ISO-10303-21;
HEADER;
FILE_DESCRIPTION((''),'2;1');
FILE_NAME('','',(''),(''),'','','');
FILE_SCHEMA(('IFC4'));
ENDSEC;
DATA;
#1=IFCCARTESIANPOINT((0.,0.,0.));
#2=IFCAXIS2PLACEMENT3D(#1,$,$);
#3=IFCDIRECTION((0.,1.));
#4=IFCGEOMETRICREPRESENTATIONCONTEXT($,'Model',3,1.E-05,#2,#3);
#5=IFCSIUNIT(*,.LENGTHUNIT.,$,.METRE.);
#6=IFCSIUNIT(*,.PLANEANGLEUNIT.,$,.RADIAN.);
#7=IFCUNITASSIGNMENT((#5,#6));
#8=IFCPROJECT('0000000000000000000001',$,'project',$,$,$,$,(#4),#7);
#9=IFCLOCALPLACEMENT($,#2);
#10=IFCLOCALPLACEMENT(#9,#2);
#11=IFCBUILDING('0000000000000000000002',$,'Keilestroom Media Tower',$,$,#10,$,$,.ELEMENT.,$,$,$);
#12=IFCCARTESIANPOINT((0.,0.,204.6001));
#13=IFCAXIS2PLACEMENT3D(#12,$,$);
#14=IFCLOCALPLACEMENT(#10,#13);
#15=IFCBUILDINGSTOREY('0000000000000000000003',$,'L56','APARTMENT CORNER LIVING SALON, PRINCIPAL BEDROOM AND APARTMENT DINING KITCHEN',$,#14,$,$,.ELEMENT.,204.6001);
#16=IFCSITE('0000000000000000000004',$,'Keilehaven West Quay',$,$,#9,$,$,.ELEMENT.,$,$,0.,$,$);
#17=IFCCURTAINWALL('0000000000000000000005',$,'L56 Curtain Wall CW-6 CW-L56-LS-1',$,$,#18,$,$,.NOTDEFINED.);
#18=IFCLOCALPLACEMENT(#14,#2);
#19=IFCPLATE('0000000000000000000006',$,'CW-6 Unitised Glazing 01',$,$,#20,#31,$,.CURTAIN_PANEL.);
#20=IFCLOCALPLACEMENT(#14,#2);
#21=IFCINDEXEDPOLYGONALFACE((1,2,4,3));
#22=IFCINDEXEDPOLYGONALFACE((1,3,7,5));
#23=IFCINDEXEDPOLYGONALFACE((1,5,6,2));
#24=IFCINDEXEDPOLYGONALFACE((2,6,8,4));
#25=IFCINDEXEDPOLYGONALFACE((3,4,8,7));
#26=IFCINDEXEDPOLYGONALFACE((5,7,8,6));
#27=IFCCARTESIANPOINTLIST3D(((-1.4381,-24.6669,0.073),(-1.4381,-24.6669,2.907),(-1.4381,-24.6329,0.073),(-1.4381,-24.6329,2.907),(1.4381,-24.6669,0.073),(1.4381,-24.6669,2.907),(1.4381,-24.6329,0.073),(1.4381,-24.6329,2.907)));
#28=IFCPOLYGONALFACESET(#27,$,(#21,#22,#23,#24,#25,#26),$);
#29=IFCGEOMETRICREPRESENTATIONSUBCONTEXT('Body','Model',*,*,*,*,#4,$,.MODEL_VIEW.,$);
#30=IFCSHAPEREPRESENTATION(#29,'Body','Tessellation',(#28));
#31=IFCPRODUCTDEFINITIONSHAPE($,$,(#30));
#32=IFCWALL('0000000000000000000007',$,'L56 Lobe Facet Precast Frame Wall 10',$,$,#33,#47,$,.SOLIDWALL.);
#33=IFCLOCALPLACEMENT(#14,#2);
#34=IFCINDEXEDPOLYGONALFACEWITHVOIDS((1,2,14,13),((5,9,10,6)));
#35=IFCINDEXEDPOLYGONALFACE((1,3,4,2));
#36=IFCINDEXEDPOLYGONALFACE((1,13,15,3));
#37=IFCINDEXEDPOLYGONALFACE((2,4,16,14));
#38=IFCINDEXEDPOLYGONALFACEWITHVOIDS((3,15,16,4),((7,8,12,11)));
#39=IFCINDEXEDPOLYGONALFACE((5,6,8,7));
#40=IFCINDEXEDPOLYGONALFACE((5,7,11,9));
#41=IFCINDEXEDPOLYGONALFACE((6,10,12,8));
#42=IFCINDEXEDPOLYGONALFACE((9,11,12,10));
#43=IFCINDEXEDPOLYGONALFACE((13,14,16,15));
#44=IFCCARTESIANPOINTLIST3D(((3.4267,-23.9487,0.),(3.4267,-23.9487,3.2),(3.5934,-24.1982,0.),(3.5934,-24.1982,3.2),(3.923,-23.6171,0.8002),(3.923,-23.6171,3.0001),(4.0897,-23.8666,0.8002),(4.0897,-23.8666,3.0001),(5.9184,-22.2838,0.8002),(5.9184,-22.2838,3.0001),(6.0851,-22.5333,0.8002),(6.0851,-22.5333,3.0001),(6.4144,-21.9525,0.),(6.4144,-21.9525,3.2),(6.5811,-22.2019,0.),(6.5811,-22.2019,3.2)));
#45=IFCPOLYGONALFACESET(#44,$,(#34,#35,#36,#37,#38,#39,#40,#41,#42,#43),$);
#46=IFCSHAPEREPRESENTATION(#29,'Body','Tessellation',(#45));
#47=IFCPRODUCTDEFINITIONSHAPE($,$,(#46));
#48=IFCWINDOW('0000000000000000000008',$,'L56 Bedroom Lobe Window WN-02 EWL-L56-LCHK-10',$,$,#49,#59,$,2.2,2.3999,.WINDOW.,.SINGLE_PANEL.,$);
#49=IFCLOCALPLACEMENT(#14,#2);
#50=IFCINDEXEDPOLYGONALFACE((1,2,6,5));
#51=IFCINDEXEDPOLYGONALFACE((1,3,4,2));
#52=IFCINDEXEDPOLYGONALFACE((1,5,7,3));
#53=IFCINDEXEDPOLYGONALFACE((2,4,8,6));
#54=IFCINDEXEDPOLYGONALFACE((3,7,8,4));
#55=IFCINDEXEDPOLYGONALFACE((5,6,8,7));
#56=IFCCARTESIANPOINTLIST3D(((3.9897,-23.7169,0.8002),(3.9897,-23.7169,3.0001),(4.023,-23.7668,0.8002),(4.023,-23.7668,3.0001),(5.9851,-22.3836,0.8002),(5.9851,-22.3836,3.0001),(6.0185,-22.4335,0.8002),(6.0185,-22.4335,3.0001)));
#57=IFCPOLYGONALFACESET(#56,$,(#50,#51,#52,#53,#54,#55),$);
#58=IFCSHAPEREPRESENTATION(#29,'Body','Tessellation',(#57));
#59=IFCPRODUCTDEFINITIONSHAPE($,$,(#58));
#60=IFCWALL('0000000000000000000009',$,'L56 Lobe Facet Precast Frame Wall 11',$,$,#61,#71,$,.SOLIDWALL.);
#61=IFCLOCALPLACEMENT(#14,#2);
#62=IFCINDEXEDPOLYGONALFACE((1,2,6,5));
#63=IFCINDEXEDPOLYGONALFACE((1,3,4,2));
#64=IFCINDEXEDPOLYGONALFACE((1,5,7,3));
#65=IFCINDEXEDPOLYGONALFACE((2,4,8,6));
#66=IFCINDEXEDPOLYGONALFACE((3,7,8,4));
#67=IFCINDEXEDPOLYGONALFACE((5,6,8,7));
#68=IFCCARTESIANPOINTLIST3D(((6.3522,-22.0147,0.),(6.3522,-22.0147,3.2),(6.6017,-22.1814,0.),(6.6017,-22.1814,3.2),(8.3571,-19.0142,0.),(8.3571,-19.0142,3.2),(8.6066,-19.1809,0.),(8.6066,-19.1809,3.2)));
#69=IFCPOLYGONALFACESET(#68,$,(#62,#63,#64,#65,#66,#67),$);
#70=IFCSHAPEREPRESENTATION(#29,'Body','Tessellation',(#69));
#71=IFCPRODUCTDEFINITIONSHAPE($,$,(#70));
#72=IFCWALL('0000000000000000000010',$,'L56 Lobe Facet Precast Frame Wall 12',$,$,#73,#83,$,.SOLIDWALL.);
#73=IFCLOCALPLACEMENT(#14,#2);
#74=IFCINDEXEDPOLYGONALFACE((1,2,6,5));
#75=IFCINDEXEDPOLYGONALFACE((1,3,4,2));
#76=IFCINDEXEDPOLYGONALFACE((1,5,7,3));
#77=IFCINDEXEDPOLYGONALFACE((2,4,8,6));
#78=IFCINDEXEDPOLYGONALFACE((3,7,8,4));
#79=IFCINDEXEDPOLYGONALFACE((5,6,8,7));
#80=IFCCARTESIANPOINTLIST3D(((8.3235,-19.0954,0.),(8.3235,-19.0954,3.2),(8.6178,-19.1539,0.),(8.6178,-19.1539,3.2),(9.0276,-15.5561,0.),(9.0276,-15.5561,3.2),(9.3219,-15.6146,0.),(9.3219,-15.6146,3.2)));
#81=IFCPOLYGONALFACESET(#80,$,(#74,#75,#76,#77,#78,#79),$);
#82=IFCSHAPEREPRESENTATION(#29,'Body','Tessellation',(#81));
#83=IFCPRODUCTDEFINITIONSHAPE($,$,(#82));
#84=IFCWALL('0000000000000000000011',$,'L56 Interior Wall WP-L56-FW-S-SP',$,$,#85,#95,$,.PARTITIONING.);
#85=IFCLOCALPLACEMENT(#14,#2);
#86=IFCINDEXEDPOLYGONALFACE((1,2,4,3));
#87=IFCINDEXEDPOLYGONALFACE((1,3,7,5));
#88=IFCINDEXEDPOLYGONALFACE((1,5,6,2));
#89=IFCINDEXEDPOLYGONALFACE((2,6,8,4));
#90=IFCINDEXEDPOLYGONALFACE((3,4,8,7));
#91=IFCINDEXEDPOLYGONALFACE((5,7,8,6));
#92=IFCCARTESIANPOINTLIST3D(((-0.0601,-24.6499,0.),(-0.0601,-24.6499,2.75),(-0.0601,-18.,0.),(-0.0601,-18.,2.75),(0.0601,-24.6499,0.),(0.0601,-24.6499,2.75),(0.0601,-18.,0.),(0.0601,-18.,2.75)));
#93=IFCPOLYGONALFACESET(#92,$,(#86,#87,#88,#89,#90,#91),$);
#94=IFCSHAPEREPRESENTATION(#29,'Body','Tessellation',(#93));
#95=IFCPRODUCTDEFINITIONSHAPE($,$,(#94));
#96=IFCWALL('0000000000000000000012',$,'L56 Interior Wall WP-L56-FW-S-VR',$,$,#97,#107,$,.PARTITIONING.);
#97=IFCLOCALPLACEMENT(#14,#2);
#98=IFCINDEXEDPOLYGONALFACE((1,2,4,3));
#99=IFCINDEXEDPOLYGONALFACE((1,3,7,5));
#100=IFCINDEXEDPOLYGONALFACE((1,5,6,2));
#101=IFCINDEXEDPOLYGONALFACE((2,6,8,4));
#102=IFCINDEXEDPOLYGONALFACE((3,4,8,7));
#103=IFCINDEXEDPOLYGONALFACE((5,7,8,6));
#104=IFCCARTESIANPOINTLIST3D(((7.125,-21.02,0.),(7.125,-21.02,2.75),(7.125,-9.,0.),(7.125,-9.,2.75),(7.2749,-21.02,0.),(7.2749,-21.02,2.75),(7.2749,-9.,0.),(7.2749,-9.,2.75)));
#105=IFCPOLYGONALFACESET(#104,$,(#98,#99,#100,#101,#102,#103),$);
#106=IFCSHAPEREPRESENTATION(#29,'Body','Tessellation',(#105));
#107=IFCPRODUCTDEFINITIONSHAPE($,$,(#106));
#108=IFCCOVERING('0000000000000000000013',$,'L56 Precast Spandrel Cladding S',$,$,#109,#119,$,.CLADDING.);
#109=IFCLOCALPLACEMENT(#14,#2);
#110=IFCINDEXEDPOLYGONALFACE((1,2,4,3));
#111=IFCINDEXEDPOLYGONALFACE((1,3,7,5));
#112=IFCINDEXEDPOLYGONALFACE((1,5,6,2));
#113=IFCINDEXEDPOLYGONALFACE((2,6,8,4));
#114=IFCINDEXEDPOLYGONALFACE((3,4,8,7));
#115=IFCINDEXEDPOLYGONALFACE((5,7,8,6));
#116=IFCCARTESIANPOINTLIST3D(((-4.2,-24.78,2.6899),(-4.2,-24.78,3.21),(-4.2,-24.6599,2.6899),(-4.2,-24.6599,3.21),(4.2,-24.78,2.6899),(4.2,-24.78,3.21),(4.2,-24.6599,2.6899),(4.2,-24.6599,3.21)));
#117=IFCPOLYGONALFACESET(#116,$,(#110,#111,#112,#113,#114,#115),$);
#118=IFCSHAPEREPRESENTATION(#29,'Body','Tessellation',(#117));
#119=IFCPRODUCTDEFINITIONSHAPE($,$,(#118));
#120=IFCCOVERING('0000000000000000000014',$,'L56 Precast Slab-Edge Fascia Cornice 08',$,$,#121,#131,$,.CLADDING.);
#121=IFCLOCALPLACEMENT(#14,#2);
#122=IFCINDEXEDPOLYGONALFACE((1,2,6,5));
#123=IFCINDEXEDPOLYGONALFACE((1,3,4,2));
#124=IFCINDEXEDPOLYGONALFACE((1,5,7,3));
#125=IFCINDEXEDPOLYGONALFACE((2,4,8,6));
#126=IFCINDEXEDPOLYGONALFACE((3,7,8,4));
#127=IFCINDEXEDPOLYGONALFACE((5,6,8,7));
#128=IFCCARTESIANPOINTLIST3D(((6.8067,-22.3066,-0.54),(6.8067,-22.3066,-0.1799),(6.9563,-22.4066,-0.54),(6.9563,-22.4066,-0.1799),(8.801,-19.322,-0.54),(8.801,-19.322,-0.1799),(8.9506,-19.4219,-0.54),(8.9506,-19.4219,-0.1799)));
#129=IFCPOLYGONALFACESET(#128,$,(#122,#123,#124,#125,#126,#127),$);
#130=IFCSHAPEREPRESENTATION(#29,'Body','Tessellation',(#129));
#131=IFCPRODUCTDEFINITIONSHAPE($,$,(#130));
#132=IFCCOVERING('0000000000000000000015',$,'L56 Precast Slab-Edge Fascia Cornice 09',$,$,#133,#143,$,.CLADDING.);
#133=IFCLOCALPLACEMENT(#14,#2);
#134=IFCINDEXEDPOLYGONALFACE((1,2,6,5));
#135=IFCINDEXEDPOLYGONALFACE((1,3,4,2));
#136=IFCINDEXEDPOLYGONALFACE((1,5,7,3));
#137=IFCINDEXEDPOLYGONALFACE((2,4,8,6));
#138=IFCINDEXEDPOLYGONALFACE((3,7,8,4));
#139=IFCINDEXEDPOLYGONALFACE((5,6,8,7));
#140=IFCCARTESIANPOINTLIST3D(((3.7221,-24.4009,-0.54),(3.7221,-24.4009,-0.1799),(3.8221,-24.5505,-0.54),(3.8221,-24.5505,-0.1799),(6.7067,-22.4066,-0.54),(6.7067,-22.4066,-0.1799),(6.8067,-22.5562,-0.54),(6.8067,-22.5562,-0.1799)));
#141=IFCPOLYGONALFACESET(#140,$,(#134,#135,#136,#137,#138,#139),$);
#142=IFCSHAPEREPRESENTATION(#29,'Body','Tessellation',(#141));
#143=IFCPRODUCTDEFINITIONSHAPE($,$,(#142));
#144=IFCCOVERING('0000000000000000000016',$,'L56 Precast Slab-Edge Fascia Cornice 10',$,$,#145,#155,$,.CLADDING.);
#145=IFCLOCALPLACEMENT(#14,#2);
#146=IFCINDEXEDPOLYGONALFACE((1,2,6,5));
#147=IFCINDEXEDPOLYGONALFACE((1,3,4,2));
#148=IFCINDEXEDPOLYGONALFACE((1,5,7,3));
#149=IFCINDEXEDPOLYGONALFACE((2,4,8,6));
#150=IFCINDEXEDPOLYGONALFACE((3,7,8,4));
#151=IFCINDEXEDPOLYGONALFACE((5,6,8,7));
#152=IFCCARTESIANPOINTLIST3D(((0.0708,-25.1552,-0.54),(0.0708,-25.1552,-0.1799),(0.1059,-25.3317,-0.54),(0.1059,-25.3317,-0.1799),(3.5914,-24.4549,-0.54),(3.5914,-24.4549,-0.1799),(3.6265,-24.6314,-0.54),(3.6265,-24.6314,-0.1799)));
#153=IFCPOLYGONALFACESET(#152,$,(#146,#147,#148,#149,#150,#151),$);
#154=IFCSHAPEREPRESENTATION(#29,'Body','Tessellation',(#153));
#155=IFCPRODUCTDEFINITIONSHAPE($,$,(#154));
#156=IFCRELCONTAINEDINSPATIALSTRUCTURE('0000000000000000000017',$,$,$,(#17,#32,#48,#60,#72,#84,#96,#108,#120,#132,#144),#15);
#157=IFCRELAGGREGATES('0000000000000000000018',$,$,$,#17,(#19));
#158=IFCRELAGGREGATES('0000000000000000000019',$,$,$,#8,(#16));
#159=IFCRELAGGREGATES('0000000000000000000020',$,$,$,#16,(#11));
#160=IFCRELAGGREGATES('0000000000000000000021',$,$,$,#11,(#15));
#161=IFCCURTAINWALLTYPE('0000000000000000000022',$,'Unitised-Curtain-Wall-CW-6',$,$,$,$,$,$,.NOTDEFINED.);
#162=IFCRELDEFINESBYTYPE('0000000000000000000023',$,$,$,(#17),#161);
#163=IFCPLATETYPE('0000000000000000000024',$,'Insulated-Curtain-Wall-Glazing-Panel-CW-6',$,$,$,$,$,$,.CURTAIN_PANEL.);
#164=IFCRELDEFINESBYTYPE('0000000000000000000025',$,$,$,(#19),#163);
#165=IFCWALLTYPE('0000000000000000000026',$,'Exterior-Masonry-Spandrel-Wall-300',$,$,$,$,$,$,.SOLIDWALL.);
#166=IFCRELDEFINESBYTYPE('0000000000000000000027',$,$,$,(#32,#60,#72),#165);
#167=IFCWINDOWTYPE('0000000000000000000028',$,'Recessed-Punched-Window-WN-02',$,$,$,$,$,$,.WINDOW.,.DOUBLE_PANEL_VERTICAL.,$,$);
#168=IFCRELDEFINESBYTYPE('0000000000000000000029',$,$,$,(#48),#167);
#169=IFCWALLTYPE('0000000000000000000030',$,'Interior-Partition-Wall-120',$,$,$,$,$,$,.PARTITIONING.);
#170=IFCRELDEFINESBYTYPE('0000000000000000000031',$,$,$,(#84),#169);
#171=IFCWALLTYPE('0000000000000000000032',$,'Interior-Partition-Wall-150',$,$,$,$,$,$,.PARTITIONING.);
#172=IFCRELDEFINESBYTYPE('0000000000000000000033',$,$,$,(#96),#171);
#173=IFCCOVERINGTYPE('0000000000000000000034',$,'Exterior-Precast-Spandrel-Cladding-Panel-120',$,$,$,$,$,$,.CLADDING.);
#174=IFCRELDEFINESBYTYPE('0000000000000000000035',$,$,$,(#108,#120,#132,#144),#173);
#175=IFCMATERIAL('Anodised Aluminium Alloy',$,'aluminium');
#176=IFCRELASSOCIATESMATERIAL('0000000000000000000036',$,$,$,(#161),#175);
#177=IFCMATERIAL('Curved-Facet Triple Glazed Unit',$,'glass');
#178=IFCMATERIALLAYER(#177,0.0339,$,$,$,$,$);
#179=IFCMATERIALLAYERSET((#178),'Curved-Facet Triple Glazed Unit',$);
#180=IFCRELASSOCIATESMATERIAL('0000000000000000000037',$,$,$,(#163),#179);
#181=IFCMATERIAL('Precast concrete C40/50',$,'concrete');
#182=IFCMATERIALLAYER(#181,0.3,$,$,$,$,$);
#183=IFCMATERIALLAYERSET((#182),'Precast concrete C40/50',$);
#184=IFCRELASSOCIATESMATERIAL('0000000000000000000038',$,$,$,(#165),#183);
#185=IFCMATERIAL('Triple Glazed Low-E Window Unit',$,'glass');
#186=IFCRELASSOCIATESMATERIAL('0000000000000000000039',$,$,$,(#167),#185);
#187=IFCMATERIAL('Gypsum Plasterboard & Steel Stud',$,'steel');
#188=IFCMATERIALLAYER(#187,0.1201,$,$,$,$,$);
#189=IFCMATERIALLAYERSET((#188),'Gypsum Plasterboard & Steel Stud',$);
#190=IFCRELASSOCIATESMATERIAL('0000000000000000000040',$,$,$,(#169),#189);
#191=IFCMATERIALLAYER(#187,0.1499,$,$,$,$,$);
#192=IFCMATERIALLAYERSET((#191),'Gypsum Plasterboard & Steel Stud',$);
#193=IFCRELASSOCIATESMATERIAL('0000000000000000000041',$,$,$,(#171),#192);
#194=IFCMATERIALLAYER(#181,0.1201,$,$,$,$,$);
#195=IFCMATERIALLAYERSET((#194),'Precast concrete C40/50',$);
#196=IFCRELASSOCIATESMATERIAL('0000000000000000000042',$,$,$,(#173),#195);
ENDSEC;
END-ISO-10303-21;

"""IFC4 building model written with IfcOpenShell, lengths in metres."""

from ifc_helpers import new_model, si_unit, direction, frame, frame_2d, origin, origin_2d, place, context, subcontext, project, spatial, rectangle, extrude, source, transform, mapped, material, layer, layer_set, type_object, element, fill, aggregate, save


model = new_model("IFC4")

# Units and contexts
model_context = context("Model", 3, precision=1e-05, world=origin(), true_north=direction((0.0, 1.0)))
body_context = subcontext(model_context, "Body", "Model", "MODEL_VIEW")
ifc_project = project(units=[si_unit("LENGTHUNIT", "METRE"), si_unit("PLANEANGLEUNIT", "RADIAN")], contexts=[model_context])

# Site, building, storey
site_placement = place(None, origin())
site = spatial("IfcSite", under=ifc_project, at=site_placement, Name="Keilehaven West Quay", CompositionType="ELEMENT", RefElevation=0.0)
building_placement = place(site_placement, origin())
building = spatial("IfcBuilding", under=site, at=building_placement, Name="Keilestroom Media Tower", CompositionType="ELEMENT")
storey_placement = place(building_placement, frame((0.0, 0.0, 204.6001)))
storey = spatial("IfcBuildingStorey", under=building, at=storey_placement, Name="L56", Description="APARTMENT CORNER LIVING SALON, PRINCIPAL BEDROOM AND APARTMENT DINING KITCHEN", CompositionType="ELEMENT", Elevation=204.6001)

# Curtain wall, plate
ifc_material_1 = material(Name="Anodised Aluminium Alloy", Category="aluminium")
curtain_wall_type = type_object("IfcCurtainWallType", Name="Unitised-Curtain-Wall-CW-6", PredefinedType="NOTDEFINED", material=ifc_material_1)
curtain_wall_placement = place(storey_placement, origin())
curtain_wall = element("IfcCurtainWall", 1, at=curtain_wall_placement, inside=storey, type_object=curtain_wall_type, Name="L56 Curtain Wall CW-6 CW-L56-LS-1", PredefinedType="NOTDEFINED")
ifc_material_2 = material(Name="Curved-Facet Triple Glazed Unit", Category="glass")
ifc_layer_1 = layer(ifc_material_2, 0.0339)
ifc_layer_set_1 = layer_set([ifc_layer_1], Name="Curved-Facet Triple Glazed Unit")
plate_type = type_object("IfcPlateType", Name="Insulated-Curtain-Wall-Glazing-Panel-CW-6", PredefinedType="CURTAIN_PANEL", material=ifc_layer_set_1)
shared_shape_1 = source(origin(), body_context, "Body", "SweptSolid", [
    extrude(rectangle(XDim=2.8762, YDim=0.0339, at=origin_2d()), origin(), (0.0, 0.0, 1.0), 2.834),
])
plate_1_placement = place(storey_placement, frame((0.0, -24.6499, 0.073), z_axis=(0.0, 0.0, 1.0), x_axis=(1.0, 0.0, 0.0)))
plate_1 = element("IfcPlate", 2, at=plate_1_placement, type_object=plate_type, Name="CW-6 Unitised Glazing 01", PredefinedType="CURTAIN_PANEL", context=body_context, shape_type="MappedRepresentation", body=[
    mapped(shared_shape_1, transform((0.0, 0.0, 0.0), x_axis=(1.0, 0.0, 0.0), y_axis=(0.0, 1.0, 0.0), z_axis=(0.0, 0.0, 1.0), scale=1.0)),
])
aggregate(curtain_wall, [plate_1])

# Wall, opening, window
ifc_material_3 = material(Name="Precast concrete C40/50", Category="concrete")
ifc_layer_2 = layer(ifc_material_3, 0.3)
ifc_layer_set_2 = layer_set([ifc_layer_2], Name="Precast concrete C40/50")
wall_type_1 = type_object("IfcWallType", Name="Exterior-Masonry-Spandrel-Wall-300", PredefinedType="SOLIDWALL", material=ifc_layer_set_2)
wall_1_placement = place(storey_placement, frame((3.51, -24.0735, 0.0), z_axis=(0.0, 0.0, 1.0), x_axis=(0.831475, 0.555562, 0.0)))
wall_1 = element("IfcWall", 3, at=wall_1_placement, inside=storey, type_object=wall_type_1, Name="L56 Lobe Facet Precast Frame Wall 10", PredefinedType="SOLIDWALL", context=body_context, shape_type="SweptSolid", body=[
    extrude(rectangle(XDim=3.5933, YDim=0.3, at=frame_2d((1.7966, 0.0))), origin(), (0.0, 0.0, 1.0), 3.2),
])
opening_placement = place(wall_1_placement, frame((0.5969, 0.0, 0.8)))
opening = element("IfcOpeningElement", 4, at=opening_placement, cuts=wall_1, PredefinedType="OPENING", context=body_context, shape_type="SweptSolid", body=[
    extrude(rectangle(XDim=2.3999, YDim=2.2, at=frame_2d((1.2, 1.1001))), frame((0.0, 0.1602, 0.0), z_axis=(0.0, -1.0, 0.0), x_axis=(1.0, 0.0, 0.0)), (0.0, 0.0, 1.0), 0.3201),
])
ifc_material_4 = material(Name="Triple Glazed Low-E Window Unit", Category="glass")
window_type = type_object("IfcWindowType", Name="Recessed-Punched-Window-WN-02", PartitioningType="DOUBLE_PANEL_VERTICAL", PredefinedType="WINDOW", material=ifc_material_4)
shared_shape_2 = source(origin(), body_context, "Body", "SweptSolid", [
    extrude(rectangle(XDim=2.3999, YDim=2.2, at=frame_2d((1.2, 1.1001))), frame((0.0, 0.03, 0.0), z_axis=(0.0, -1.0, 0.0), x_axis=(1.0, 0.0, 0.0)), (0.0, 0.0, 1.0), 0.0601),
])
window_placement = place(opening_placement, origin())
window = element("IfcWindow", 5, at=window_placement, inside=storey, type_object=window_type, Name="L56 Bedroom Lobe Window WN-02 EWL-L56-LCHK-10", OverallHeight=2.2, OverallWidth=2.3999, PartitioningType="SINGLE_PANEL", PredefinedType="WINDOW", context=body_context, shape_type="MappedRepresentation", body=[
    mapped(shared_shape_2, transform((0.0, 0.0, 0.0), x_axis=(1.0, 0.0, 0.0), y_axis=(0.0, 1.0, 0.0), z_axis=(0.0, 0.0, 1.0), scale=1.0)),
])
fill(opening, window)

# Walls
for number, where, z_axis, x_axis, name in (
    (6, (6.4771, -22.0979, 0.0), (0.0, 0.0, 1.0), (0.555574, 0.831467, 0.0), "L56 Lobe Facet Precast Frame Wall 11"),
    (7, (8.4707, -19.1245, 0.0), (0.0, 0.0, 1.0), (0.195114, 0.980781, 0.0), "L56 Lobe Facet Precast Frame Wall 12"),
):
    element("IfcWall", number, at=place(storey_placement, frame(where, z_axis=z_axis, x_axis=x_axis)), inside=storey, type_object=wall_type_1, Name=name, PredefinedType="SOLIDWALL", context=body_context, shape_type="SweptSolid", body=[
        extrude(rectangle(XDim=3.6086, YDim=0.3, at=frame_2d((1.8042, 0.0))), origin(), (0.0, 0.0, 1.0), 3.2),
    ])
ifc_material_5 = material(Name="Gypsum Plasterboard & Steel Stud", Category="steel")
ifc_layer_3 = layer(ifc_material_5, 0.1201)
ifc_layer_set_3 = layer_set([ifc_layer_3], Name="Gypsum Plasterboard & Steel Stud")
wall_type_2 = type_object("IfcWallType", Name="Interior-Partition-Wall-120", PredefinedType="PARTITIONING", material=ifc_layer_set_3)
wall_2_placement = place(storey_placement, frame((0.0, -24.6499, 0.0), z_axis=(0.0, 0.0, 1.0), x_axis=(0.0, 1.0, 0.0)))
element("IfcWall", 8, at=wall_2_placement, inside=storey, type_object=wall_type_2, Name="L56 Interior Wall WP-L56-FW-S-SP", PredefinedType="PARTITIONING", context=body_context, shape_type="SweptSolid", body=[
    extrude(rectangle(XDim=6.6499, YDim=0.1201, at=frame_2d((3.325, 0.0))), origin(), (0.0, 0.0, 1.0), 2.75),
])
ifc_layer_4 = layer(ifc_material_5, 0.1499)
ifc_layer_set_4 = layer_set([ifc_layer_4], Name="Gypsum Plasterboard & Steel Stud")
wall_type_3 = type_object("IfcWallType", Name="Interior-Partition-Wall-150", PredefinedType="PARTITIONING", material=ifc_layer_set_4)
wall_3_placement = place(storey_placement, frame((7.2, -21.02, 0.0), z_axis=(0.0, 0.0, 1.0), x_axis=(0.0, 1.0, 0.0)))
element("IfcWall", 9, at=wall_3_placement, inside=storey, type_object=wall_type_3, Name="L56 Interior Wall WP-L56-FW-S-VR", PredefinedType="PARTITIONING", context=body_context, shape_type="SweptSolid", body=[
    extrude(rectangle(XDim=12.02, YDim=0.1499, at=frame_2d((6.01, 0.0))), origin(), (0.0, 0.0, 1.0), 2.75),
])

# Coverings
ifc_layer_5 = layer(ifc_material_3, 0.1201)
ifc_layer_set_5 = layer_set([ifc_layer_5], Name="Precast concrete C40/50")
covering_type = type_object("IfcCoveringType", Name="Exterior-Precast-Spandrel-Cladding-Panel-120", PredefinedType="CLADDING", material=ifc_layer_set_5)
shared_shape_3 = source(origin(), body_context, "Body", "SweptSolid", [
    extrude(rectangle(XDim=8.3999, YDim=0.1201, at=origin_2d()), origin(), (0.0, 0.0, 1.0), 0.52),
])
covering_placement = place(storey_placement, frame((0.0, -24.72, 2.6899), z_axis=(0.0, 0.0, 1.0), x_axis=(1.0, 0.0, 0.0)))
element("IfcCovering", 10, at=covering_placement, inside=storey, type_object=covering_type, Name="L56 Precast Spandrel Cladding S", PredefinedType="CLADDING", context=body_context, shape_type="MappedRepresentation", body=[
    mapped(shared_shape_3, transform((0.0, 0.0, 0.0), x_axis=(1.0, 0.0, 0.0), y_axis=(0.0, 1.0, 0.0), z_axis=(0.0, 0.0, 1.0), scale=1.0)),
])
shared_shape_4 = source(origin(), body_context, "Body", "SweptSolid", [
    extrude(rectangle(XDim=3.5896, YDim=0.1799, at=origin_2d()), origin(), (0.0, 0.0, 1.0), 0.3601),
])
for number, where, z_axis, x_axis, name in (
    (11, (7.8787, -20.8643, -0.54), (0.0, 0.0, 1.0), (-0.555575, -0.831467, 0.0), "L56 Precast Slab-Edge Fascia Cornice 08"),
    (12, (5.2644, -23.4785, -0.54), (0.0, 0.0, 1.0), (-0.831467, -0.555575, 0.0), "L56 Precast Slab-Edge Fascia Cornice 09"),
    (13, (1.8486, -24.8933, -0.54), (0.0, 0.0, 1.0), (-0.980784, -0.195099, 0.0), "L56 Precast Slab-Edge Fascia Cornice 10"),
):
    element("IfcCovering", number, at=place(storey_placement, frame(where, z_axis=z_axis, x_axis=x_axis)), inside=storey, type_object=covering_type, Name=name, PredefinedType="CLADDING", context=body_context, shape_type="MappedRepresentation", body=[
        mapped(shared_shape_4, transform((0.0, 0.0, 0.0), x_axis=(1.0, 0.0, 0.0), y_axis=(0.0, 1.0, 0.0), z_axis=(0.0, 0.0, 1.0), scale=1.0)),
    ])

save(model, "model.ifc")
